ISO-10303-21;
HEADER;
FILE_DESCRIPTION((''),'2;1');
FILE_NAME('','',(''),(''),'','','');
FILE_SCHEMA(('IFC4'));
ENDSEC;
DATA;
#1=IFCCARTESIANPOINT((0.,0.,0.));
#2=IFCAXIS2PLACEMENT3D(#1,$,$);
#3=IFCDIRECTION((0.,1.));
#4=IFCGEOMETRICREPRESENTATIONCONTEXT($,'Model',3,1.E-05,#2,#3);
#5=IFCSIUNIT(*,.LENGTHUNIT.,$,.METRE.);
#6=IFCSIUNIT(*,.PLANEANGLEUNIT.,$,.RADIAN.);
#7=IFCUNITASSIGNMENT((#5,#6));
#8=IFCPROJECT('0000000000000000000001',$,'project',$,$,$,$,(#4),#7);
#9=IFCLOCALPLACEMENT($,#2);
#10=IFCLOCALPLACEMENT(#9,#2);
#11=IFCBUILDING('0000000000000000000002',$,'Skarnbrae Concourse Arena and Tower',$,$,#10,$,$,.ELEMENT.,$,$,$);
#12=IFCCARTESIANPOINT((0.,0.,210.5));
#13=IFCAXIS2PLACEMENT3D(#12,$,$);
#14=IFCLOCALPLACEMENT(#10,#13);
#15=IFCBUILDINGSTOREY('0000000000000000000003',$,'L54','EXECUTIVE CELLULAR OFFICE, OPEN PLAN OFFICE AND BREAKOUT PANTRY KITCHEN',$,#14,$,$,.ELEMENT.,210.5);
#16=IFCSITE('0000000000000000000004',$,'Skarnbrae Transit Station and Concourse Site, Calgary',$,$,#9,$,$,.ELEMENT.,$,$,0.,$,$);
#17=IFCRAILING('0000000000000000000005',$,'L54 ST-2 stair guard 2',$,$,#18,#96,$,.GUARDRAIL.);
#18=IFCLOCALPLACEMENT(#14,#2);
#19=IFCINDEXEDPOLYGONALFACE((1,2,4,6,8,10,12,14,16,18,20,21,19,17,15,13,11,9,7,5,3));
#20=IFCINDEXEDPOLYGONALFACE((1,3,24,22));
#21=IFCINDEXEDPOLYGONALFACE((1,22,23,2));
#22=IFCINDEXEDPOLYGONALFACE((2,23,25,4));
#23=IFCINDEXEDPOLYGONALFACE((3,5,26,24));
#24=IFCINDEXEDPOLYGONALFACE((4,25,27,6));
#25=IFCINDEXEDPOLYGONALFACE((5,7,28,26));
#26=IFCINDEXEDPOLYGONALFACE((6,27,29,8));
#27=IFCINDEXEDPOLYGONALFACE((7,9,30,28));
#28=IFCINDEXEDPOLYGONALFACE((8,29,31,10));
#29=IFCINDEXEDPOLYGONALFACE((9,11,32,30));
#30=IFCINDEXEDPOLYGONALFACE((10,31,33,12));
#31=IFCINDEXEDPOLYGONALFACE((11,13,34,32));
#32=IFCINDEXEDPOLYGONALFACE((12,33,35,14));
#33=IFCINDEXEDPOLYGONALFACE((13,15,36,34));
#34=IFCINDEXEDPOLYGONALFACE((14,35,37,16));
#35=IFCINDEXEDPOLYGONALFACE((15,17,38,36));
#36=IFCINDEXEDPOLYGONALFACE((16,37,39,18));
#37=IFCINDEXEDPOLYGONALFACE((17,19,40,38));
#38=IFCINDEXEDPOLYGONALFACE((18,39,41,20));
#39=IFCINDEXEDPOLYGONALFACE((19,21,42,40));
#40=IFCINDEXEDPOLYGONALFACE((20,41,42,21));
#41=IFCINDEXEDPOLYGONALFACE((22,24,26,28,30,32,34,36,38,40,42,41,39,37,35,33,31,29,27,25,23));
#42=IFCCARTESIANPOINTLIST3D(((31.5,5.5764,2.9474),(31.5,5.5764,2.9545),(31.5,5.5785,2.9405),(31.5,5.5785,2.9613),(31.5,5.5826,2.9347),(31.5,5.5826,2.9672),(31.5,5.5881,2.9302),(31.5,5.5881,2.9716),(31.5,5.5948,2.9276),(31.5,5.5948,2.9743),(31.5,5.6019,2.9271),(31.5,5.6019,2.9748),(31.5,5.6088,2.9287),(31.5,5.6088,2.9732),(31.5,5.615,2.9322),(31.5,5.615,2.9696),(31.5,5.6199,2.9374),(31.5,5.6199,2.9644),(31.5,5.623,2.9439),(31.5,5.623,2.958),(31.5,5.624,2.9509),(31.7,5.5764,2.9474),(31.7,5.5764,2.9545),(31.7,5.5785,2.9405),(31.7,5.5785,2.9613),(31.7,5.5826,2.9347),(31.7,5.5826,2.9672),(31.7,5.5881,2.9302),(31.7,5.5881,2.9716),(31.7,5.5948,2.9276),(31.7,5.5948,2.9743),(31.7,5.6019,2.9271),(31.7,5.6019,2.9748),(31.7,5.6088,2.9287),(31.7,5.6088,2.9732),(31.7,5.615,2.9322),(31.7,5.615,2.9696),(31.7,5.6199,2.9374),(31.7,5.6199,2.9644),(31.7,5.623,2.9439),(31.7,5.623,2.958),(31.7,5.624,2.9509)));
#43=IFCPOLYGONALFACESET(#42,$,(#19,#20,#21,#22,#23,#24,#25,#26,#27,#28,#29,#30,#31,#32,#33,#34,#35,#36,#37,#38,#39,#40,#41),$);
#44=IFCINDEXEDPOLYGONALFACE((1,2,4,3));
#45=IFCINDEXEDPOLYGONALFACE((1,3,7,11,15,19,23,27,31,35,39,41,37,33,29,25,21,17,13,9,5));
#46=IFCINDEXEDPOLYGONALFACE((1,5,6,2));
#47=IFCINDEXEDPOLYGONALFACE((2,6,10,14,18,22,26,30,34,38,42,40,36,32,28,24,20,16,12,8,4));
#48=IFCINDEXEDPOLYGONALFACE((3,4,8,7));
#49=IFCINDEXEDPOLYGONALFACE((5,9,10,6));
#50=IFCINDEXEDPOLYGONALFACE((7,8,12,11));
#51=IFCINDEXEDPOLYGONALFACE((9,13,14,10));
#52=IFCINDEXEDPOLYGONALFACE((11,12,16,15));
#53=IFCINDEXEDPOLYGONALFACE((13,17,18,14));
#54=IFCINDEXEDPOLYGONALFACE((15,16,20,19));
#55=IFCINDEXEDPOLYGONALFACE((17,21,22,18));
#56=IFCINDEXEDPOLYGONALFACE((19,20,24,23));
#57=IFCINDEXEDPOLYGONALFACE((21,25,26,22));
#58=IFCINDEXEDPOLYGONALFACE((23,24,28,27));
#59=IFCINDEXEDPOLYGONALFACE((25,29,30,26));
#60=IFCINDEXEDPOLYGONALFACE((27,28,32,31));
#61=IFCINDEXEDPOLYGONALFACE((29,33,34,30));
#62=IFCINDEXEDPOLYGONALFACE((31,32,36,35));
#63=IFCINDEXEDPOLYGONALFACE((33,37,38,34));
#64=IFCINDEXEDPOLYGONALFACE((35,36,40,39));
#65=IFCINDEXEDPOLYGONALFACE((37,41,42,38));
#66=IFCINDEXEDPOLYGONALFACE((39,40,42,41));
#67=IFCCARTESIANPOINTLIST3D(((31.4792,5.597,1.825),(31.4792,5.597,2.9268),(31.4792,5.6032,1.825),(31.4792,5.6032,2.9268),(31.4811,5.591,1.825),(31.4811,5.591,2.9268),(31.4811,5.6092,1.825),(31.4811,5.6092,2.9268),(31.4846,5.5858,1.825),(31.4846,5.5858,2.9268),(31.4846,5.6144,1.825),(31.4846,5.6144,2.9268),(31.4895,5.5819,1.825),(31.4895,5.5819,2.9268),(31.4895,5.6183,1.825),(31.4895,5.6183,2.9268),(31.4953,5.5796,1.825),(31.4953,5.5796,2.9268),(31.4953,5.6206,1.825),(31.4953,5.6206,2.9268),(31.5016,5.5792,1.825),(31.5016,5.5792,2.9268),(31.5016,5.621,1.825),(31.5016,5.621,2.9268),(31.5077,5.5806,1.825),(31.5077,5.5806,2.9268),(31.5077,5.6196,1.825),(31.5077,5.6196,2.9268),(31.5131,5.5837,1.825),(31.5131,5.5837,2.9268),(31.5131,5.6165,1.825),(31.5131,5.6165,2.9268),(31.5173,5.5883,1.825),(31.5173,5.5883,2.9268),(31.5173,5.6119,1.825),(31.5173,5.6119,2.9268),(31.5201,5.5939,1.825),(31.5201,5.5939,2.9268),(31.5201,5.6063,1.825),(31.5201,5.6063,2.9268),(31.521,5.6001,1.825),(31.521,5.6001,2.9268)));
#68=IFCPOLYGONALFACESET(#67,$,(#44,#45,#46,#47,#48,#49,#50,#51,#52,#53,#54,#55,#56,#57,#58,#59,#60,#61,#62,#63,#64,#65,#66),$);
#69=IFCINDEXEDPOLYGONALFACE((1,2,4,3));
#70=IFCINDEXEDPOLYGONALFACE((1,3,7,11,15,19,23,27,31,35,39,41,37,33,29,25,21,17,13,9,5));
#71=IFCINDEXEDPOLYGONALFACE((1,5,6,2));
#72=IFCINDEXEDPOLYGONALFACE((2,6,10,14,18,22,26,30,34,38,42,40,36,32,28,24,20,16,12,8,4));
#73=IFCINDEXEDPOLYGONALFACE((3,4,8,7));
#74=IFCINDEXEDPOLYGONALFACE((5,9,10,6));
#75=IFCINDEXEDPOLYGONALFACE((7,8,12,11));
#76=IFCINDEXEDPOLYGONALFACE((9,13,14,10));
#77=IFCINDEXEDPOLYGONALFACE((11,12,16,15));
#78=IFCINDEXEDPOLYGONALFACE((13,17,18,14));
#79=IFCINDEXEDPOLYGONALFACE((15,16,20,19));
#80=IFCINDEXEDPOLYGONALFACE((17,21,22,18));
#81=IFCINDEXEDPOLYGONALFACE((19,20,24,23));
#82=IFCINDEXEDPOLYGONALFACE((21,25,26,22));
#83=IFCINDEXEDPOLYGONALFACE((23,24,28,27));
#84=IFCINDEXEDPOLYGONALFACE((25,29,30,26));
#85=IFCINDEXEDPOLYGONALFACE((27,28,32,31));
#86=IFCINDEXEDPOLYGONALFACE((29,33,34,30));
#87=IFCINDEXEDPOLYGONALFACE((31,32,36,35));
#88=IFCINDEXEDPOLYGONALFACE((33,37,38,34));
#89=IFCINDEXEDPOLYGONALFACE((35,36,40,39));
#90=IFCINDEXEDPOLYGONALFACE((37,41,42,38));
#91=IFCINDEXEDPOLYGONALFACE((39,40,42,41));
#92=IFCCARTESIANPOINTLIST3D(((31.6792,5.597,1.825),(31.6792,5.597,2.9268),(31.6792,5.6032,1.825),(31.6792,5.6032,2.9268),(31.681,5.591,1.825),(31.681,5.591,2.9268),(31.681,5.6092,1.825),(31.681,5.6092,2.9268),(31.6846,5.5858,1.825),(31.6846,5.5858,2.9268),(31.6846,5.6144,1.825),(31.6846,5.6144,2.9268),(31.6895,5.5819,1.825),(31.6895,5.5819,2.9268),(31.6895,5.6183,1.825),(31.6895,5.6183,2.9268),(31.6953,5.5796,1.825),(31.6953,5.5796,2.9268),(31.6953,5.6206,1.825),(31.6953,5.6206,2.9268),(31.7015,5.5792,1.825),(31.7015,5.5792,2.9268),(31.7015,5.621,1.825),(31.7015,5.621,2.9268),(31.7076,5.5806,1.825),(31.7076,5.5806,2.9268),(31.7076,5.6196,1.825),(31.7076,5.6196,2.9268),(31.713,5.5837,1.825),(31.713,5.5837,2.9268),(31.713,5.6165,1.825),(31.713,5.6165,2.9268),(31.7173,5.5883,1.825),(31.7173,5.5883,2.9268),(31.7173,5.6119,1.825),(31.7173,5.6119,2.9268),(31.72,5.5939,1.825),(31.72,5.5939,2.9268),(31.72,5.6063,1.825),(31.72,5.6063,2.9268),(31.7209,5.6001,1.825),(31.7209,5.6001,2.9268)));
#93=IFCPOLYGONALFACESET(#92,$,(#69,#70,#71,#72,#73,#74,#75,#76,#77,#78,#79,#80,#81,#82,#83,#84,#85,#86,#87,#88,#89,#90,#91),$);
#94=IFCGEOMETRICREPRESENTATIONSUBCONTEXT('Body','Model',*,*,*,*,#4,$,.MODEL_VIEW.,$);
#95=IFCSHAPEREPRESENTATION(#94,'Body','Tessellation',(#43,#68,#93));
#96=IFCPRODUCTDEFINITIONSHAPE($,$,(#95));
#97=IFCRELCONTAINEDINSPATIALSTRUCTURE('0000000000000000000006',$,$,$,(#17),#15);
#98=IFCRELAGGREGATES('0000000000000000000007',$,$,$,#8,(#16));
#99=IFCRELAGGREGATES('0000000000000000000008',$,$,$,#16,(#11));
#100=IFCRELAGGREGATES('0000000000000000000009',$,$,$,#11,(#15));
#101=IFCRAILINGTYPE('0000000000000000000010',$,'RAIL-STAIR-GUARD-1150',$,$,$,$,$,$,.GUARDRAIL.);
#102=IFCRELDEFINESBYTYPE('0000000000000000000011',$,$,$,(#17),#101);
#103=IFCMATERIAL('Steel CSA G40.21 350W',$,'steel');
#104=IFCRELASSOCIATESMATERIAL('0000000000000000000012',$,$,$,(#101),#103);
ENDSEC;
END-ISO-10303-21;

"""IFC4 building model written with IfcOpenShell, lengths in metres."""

from ifc_helpers import new_model, si_unit, direction, frame, origin, origin_2d, place, context, subcontext, project, spatial, circle, extrude, material, type_object, element, save


model = new_model("IFC4")

# Units and contexts
model_context = context("Model", 3, precision=1e-05, world=origin(), true_north=direction((0.0, 1.0)))
body_context = subcontext(model_context, "Body", "Model", "MODEL_VIEW")
ifc_project = project(units=[si_unit("LENGTHUNIT", "METRE"), si_unit("PLANEANGLEUNIT", "RADIAN")], contexts=[model_context])

# Site, building, storey
site_placement = place(None, origin())
site = spatial("IfcSite", under=ifc_project, at=site_placement, Name="Skarnbrae Transit Station and Concourse Site, Calgary", CompositionType="ELEMENT", RefElevation=0.0)
building_placement = place(site_placement, origin())
building = spatial("IfcBuilding", under=site, at=building_placement, Name="Skarnbrae Concourse Arena and Tower", CompositionType="ELEMENT")
storey_placement = place(building_placement, frame((0.0, 0.0, 210.5)))
storey = spatial("IfcBuildingStorey", under=building, at=storey_placement, Name="L54", Description="EXECUTIVE CELLULAR OFFICE, OPEN PLAN OFFICE AND BREAKOUT PANTRY KITCHEN", CompositionType="ELEMENT", Elevation=210.5)

# Shared definitions
ifc_material_1 = material(Name="Steel CSA G40.21 350W", Category="steel")

# Railing
railing_type_1 = type_object("IfcRailingType", Name="RAIL-STAIR-GUARD-1150", PredefinedType="GUARDRAIL", material=ifc_material_1)
railing_1_placement = place(storey_placement, frame((31.5, 5.6001, 1.825)))
element("IfcRailing", 1, at=railing_1_placement, inside=storey, type_object=railing_type_1, Name="L54 ST-2 stair guard 2", PredefinedType="GUARDRAIL", context=body_context, shape_type="SweptSolid", body=[
    extrude(circle(Radius=0.0239, at=origin_2d()), frame((0.0, 0.0, 1.126), z_axis=(1.0, 0.0, 0.0), x_axis=(0.0, 1.0, 0.0)), (0.0, 0.0, 1.0), 0.2),
    extrude(circle(Radius=0.021, at=origin_2d()), origin(), (0.0, 0.0, 1.0), 1.1018),
    extrude(circle(Radius=0.021, at=origin_2d()), frame((0.2, 0.0, 0.0)), (0.0, 0.0, 1.0), 1.1018),
])

save(model, "model.ifc")
